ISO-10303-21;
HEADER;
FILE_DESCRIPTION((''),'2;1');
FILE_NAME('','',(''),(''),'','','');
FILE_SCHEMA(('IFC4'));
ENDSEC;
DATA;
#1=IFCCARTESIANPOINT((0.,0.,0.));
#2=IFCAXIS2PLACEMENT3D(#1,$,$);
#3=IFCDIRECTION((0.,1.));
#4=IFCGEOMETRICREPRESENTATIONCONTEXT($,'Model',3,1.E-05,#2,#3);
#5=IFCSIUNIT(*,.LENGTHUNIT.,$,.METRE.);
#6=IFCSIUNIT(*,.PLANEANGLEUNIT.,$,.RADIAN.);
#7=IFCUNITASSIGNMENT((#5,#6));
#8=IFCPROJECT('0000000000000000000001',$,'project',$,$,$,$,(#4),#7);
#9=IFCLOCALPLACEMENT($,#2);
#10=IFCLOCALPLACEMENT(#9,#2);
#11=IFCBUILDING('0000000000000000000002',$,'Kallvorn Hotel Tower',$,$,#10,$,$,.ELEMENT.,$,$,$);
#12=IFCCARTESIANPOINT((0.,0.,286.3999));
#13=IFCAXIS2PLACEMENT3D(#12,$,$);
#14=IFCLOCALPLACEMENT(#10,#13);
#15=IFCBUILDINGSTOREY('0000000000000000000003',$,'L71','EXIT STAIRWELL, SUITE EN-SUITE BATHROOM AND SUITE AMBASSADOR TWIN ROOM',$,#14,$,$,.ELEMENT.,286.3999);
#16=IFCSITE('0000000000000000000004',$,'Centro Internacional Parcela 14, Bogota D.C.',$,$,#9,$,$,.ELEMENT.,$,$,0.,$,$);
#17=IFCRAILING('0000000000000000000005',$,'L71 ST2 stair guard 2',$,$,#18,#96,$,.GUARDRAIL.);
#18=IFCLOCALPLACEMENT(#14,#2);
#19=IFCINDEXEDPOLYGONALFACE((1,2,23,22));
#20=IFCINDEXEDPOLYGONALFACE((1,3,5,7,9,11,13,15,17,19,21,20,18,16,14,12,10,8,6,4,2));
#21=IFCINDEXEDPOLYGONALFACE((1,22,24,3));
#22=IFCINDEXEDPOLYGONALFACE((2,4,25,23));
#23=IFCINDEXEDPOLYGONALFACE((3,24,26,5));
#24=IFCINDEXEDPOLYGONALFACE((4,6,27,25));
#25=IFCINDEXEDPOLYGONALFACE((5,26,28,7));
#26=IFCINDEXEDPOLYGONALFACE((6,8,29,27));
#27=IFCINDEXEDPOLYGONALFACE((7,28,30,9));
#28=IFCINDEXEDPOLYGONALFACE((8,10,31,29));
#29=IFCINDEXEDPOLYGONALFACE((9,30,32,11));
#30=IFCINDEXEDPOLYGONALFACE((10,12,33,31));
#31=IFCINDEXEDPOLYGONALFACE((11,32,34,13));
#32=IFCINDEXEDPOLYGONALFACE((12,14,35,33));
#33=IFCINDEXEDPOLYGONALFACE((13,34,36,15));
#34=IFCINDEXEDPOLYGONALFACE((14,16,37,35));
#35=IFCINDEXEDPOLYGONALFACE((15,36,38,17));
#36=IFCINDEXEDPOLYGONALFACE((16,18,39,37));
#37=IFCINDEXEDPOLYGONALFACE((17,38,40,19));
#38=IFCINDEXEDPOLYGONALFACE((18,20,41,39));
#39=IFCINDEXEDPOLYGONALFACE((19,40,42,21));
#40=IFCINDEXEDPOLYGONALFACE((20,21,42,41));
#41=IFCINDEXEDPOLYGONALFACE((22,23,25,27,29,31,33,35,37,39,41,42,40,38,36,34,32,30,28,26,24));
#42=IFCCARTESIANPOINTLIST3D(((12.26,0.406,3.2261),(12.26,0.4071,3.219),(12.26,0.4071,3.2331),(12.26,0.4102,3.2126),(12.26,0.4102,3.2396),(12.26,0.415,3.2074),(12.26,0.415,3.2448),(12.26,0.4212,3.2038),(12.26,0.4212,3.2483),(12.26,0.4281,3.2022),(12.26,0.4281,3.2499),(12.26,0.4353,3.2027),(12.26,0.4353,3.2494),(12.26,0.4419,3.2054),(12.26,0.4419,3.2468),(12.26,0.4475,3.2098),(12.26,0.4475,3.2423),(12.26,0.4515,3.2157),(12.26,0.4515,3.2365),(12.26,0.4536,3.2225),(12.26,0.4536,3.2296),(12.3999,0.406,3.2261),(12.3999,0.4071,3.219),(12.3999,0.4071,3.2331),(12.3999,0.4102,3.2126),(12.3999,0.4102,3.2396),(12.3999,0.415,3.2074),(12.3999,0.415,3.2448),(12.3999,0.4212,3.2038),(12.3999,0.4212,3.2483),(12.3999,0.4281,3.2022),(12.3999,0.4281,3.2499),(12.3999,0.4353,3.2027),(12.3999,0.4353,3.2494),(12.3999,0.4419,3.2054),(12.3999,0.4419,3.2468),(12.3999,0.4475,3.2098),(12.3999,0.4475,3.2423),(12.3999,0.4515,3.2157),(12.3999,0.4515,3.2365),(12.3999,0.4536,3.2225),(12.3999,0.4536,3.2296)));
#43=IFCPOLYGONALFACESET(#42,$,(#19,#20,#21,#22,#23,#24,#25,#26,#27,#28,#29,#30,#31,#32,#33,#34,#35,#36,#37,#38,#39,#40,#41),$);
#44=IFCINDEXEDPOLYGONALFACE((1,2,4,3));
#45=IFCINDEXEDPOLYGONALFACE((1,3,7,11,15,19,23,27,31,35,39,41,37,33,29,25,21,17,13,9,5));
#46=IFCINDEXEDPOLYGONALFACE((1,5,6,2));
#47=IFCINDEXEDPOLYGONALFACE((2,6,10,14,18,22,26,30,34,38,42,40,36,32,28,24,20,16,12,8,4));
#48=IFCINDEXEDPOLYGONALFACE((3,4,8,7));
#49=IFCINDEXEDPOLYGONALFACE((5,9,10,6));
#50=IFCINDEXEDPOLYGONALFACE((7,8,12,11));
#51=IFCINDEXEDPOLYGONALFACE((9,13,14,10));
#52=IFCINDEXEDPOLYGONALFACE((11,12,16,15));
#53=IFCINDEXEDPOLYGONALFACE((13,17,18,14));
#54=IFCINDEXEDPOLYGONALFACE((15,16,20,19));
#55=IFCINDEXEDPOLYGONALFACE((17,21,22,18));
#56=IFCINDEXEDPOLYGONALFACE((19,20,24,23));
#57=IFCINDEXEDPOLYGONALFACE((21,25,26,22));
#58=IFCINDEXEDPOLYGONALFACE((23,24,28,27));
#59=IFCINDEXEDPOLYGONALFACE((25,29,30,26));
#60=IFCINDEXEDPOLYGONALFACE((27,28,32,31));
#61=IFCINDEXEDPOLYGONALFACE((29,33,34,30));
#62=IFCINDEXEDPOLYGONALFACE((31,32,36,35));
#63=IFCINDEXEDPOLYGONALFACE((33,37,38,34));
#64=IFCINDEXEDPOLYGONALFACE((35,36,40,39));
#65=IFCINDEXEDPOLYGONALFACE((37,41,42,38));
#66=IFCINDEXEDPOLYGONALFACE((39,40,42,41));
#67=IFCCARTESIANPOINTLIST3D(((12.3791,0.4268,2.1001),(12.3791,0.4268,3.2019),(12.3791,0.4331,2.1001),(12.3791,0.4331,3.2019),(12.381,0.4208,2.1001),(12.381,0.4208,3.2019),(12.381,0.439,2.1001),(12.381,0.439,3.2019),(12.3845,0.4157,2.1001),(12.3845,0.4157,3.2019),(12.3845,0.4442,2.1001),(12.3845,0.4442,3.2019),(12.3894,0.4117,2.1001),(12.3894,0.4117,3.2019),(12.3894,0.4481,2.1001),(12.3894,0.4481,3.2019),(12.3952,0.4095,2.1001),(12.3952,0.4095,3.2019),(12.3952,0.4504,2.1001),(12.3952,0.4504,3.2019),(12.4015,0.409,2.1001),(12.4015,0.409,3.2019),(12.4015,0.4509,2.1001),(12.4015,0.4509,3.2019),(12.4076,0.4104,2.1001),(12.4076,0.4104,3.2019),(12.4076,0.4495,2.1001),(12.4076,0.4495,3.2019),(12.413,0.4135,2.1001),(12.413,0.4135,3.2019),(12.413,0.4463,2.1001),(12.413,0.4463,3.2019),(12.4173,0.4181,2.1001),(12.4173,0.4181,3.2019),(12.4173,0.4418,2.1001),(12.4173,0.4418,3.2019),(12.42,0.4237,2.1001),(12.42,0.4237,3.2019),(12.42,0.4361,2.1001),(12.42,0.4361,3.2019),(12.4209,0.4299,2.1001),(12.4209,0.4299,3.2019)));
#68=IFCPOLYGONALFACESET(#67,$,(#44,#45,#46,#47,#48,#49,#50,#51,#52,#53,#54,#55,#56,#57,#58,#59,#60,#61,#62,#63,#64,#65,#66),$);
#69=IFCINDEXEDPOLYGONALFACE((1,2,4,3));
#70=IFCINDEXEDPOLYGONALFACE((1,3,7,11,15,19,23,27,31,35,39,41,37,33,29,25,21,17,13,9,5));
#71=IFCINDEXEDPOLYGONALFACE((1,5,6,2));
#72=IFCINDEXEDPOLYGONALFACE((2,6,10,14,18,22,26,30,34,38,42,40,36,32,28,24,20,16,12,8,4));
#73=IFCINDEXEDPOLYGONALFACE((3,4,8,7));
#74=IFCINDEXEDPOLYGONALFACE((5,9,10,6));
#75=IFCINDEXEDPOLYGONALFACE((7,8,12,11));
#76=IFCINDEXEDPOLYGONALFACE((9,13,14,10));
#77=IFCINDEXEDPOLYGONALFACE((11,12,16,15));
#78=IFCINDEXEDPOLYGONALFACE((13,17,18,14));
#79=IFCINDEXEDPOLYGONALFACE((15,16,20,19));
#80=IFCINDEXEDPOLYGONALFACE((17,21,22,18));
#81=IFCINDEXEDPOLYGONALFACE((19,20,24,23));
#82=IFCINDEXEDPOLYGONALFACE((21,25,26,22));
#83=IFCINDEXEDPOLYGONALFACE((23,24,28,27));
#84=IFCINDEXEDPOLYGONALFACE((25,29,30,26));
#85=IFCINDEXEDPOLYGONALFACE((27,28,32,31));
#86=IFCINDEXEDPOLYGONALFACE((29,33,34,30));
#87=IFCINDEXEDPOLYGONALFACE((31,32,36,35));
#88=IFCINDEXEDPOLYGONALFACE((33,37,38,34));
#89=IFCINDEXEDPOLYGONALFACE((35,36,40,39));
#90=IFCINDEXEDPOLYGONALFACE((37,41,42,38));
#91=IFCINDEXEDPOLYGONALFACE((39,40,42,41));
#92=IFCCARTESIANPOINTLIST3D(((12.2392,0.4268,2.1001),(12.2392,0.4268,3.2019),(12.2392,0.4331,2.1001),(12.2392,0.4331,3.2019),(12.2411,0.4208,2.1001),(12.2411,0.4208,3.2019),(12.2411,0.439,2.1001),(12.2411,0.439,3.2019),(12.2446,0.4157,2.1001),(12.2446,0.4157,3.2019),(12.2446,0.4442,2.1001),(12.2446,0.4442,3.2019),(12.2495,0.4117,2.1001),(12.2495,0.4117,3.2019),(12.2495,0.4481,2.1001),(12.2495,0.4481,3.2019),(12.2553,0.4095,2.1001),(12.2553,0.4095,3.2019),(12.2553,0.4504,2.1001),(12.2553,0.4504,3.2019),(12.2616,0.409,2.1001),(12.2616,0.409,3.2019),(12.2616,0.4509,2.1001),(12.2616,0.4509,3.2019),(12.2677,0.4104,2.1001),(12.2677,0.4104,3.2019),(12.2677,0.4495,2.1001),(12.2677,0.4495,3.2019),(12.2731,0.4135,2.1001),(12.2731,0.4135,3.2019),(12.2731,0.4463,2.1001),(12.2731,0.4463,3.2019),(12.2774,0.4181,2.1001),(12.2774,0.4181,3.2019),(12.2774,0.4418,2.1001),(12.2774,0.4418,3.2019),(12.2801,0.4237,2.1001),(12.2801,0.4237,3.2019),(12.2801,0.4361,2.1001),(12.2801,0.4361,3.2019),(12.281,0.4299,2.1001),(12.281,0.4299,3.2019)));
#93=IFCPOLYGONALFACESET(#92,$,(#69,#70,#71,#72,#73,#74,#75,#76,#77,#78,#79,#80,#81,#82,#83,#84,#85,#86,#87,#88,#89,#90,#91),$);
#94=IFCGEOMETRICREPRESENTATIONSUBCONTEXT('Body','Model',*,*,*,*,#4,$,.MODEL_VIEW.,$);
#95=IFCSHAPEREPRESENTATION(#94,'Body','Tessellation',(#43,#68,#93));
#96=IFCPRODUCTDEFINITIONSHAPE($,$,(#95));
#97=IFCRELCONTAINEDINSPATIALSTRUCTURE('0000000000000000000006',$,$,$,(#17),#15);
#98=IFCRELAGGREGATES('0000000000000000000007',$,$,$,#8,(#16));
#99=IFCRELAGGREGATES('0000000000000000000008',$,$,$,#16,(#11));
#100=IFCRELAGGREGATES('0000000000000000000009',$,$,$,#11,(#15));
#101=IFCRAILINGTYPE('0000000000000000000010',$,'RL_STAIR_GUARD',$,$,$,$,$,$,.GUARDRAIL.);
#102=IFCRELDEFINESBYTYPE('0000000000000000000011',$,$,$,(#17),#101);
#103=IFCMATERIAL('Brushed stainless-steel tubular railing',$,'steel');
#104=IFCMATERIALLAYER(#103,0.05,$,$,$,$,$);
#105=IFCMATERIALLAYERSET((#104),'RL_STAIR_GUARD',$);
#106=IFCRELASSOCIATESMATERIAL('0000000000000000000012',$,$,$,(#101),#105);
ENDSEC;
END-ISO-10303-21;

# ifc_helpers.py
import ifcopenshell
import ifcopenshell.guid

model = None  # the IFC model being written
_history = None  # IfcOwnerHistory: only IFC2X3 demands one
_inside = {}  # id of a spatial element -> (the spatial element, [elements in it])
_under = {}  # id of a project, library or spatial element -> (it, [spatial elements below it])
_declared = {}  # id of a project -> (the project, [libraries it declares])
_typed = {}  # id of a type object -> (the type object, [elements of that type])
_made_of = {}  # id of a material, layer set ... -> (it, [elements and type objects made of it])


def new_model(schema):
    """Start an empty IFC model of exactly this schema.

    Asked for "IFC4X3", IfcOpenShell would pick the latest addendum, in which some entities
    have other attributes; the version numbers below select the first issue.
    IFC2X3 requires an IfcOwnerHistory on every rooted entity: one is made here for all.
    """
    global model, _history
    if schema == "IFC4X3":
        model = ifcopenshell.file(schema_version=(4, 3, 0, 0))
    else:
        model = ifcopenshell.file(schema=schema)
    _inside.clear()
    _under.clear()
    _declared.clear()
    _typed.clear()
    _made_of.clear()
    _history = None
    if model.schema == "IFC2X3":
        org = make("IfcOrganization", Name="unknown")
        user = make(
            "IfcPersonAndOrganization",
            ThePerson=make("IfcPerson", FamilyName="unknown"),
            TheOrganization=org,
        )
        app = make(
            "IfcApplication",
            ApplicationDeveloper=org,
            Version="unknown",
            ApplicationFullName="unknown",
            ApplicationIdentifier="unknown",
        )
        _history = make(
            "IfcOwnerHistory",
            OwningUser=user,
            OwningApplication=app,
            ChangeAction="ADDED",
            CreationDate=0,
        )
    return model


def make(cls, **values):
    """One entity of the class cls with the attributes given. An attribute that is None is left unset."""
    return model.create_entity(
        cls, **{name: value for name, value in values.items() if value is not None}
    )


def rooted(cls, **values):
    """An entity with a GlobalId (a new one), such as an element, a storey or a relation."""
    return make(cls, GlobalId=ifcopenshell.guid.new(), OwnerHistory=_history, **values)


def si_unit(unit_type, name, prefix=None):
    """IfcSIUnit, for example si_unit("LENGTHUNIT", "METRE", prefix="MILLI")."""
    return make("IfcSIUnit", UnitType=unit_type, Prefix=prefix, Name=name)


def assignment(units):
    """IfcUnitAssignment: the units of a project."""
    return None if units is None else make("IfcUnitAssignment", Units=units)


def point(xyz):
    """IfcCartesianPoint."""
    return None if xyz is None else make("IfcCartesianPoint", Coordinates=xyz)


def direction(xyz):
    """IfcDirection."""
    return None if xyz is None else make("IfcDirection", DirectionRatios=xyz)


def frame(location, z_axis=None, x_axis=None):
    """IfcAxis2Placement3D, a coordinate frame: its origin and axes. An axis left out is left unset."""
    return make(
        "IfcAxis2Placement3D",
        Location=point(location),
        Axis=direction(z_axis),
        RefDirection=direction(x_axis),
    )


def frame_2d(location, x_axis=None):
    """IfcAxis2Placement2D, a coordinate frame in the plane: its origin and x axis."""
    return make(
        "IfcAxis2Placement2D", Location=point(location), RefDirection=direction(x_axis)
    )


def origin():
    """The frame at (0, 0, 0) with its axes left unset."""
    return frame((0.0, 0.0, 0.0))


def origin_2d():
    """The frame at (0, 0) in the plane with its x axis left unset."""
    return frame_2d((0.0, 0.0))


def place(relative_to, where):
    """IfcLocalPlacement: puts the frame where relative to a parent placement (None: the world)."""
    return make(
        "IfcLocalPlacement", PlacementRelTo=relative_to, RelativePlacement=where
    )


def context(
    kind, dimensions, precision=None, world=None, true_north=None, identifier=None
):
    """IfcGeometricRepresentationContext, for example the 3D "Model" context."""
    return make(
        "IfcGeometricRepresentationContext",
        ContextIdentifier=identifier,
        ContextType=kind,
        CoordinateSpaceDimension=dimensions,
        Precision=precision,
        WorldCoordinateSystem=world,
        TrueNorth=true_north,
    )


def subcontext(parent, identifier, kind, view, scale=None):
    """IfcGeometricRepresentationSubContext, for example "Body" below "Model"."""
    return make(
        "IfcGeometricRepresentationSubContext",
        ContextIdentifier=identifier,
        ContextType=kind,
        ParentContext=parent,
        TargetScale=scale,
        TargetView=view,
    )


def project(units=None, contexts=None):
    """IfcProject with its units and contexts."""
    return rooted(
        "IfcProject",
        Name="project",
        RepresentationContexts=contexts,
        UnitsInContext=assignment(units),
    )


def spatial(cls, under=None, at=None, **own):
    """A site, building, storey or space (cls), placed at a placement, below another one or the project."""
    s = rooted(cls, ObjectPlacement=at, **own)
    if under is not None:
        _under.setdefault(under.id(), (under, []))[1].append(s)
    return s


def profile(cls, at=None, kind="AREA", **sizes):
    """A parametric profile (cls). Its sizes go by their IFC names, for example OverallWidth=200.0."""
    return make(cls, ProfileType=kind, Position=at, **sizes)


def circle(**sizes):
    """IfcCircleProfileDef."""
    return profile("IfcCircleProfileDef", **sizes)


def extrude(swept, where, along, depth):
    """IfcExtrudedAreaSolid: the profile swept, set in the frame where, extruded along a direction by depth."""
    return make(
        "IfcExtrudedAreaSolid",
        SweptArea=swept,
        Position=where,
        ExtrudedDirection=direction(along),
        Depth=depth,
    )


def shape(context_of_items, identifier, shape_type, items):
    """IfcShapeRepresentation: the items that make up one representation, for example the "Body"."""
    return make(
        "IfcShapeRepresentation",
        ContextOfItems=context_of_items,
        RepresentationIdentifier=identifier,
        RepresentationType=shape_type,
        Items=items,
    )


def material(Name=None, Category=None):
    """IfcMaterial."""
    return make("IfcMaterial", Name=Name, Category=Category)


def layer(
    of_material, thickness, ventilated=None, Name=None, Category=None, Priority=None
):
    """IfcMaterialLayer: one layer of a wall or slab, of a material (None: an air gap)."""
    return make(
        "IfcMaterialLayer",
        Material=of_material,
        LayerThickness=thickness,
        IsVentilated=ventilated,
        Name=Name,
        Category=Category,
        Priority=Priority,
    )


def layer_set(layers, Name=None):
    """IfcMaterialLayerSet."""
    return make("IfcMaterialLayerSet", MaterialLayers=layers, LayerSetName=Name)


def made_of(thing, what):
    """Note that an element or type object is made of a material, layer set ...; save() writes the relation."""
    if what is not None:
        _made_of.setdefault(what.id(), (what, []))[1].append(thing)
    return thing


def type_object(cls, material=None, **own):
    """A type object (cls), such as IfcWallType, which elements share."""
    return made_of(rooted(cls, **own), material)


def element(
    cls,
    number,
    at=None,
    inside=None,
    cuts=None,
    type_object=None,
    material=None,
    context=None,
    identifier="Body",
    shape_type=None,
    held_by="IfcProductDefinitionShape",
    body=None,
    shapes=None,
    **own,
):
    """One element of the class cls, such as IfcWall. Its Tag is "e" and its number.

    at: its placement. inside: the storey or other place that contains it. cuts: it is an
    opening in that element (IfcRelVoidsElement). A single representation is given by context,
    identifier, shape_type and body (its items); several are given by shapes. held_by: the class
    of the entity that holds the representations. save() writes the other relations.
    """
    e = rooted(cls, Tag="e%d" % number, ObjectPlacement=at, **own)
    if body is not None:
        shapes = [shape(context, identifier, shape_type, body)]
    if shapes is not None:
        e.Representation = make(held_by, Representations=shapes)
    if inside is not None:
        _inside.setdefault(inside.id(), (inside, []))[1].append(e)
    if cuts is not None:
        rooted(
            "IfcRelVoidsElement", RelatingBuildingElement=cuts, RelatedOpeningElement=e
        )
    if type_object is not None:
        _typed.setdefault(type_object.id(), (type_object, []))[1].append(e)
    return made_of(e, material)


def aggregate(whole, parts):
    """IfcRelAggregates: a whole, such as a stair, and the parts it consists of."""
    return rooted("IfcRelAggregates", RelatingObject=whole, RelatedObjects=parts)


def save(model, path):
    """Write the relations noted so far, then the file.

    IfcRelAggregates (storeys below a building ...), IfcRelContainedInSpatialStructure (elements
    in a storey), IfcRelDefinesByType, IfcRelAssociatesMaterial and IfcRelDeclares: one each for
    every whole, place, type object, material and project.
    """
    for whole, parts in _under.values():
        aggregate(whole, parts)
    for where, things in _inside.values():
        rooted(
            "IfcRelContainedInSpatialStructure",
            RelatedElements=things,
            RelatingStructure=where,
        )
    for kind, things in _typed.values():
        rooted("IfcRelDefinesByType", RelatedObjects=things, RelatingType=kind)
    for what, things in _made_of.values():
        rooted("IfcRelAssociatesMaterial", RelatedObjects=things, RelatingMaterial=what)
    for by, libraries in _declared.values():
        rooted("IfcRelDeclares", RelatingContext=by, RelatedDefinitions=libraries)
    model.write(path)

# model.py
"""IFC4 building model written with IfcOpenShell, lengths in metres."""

from ifc_helpers import new_model, si_unit, direction, frame, origin, origin_2d, place, context, subcontext, project, spatial, circle, extrude, material, layer, layer_set, type_object, element, save


model = new_model("IFC4")

# Units and contexts
model_context = context("Model", 3, precision=1e-05, world=origin(), true_north=direction((0.0, 1.0)))
body_context = subcontext(model_context, "Body", "Model", "MODEL_VIEW")
ifc_project = project(units=[si_unit("LENGTHUNIT", "METRE"), si_unit("PLANEANGLEUNIT", "RADIAN")], contexts=[model_context])

# Site, building, storey
site_placement = place(None, origin())
site = spatial("IfcSite", under=ifc_project, at=site_placement, Name="Centro Internacional Parcela 14, Bogota D.C.", CompositionType="ELEMENT", RefElevation=0.0)
building_placement = place(site_placement, origin())
building = spatial("IfcBuilding", under=site, at=building_placement, Name="Kallvorn Hotel Tower", CompositionType="ELEMENT")
storey_placement = place(building_placement, frame((0.0, 0.0, 286.3999)))
storey = spatial("IfcBuildingStorey", under=building, at=storey_placement, Name="L71", Description="EXIT STAIRWELL, SUITE EN-SUITE BATHROOM AND SUITE AMBASSADOR TWIN ROOM", CompositionType="ELEMENT", Elevation=286.3999)

# Railing
ifc_material_1 = material(Name="Brushed stainless-steel tubular railing", Category="steel")
ifc_layer_1 = layer(ifc_material_1, 0.05)
ifc_layer_set_1 = layer_set([ifc_layer_1], Name="RL_STAIR_GUARD")
railing_type_1 = type_object("IfcRailingType", Name="RL_STAIR_GUARD", PredefinedType="GUARDRAIL", material=ifc_layer_set_1)
railing_1_placement = place(storey_placement, frame((12.3999, 0.4299, 2.1001)))
element("IfcRailing", 1, at=railing_1_placement, inside=storey, type_object=railing_type_1, Name="L71 ST2 stair guard 2", PredefinedType="GUARDRAIL", context=body_context, shape_type="SweptSolid", body=[
    extrude(circle(Radius=0.0239, at=origin_2d()), frame((0.0, 0.0, 1.126), z_axis=(-1.0, 0.0, 0.0), x_axis=(0.0, -1.0, 0.0)), (0.0, 0.0, 1.0), 0.1399),
    extrude(circle(Radius=0.021, at=origin_2d()), origin(), (0.0, 0.0, 1.0), 1.1018),
    extrude(circle(Radius=0.021, at=origin_2d()), frame((-0.1399, 0.0, 0.0)), (0.0, 0.0, 1.0), 1.1018),
])

save(model, "model.ifc")
